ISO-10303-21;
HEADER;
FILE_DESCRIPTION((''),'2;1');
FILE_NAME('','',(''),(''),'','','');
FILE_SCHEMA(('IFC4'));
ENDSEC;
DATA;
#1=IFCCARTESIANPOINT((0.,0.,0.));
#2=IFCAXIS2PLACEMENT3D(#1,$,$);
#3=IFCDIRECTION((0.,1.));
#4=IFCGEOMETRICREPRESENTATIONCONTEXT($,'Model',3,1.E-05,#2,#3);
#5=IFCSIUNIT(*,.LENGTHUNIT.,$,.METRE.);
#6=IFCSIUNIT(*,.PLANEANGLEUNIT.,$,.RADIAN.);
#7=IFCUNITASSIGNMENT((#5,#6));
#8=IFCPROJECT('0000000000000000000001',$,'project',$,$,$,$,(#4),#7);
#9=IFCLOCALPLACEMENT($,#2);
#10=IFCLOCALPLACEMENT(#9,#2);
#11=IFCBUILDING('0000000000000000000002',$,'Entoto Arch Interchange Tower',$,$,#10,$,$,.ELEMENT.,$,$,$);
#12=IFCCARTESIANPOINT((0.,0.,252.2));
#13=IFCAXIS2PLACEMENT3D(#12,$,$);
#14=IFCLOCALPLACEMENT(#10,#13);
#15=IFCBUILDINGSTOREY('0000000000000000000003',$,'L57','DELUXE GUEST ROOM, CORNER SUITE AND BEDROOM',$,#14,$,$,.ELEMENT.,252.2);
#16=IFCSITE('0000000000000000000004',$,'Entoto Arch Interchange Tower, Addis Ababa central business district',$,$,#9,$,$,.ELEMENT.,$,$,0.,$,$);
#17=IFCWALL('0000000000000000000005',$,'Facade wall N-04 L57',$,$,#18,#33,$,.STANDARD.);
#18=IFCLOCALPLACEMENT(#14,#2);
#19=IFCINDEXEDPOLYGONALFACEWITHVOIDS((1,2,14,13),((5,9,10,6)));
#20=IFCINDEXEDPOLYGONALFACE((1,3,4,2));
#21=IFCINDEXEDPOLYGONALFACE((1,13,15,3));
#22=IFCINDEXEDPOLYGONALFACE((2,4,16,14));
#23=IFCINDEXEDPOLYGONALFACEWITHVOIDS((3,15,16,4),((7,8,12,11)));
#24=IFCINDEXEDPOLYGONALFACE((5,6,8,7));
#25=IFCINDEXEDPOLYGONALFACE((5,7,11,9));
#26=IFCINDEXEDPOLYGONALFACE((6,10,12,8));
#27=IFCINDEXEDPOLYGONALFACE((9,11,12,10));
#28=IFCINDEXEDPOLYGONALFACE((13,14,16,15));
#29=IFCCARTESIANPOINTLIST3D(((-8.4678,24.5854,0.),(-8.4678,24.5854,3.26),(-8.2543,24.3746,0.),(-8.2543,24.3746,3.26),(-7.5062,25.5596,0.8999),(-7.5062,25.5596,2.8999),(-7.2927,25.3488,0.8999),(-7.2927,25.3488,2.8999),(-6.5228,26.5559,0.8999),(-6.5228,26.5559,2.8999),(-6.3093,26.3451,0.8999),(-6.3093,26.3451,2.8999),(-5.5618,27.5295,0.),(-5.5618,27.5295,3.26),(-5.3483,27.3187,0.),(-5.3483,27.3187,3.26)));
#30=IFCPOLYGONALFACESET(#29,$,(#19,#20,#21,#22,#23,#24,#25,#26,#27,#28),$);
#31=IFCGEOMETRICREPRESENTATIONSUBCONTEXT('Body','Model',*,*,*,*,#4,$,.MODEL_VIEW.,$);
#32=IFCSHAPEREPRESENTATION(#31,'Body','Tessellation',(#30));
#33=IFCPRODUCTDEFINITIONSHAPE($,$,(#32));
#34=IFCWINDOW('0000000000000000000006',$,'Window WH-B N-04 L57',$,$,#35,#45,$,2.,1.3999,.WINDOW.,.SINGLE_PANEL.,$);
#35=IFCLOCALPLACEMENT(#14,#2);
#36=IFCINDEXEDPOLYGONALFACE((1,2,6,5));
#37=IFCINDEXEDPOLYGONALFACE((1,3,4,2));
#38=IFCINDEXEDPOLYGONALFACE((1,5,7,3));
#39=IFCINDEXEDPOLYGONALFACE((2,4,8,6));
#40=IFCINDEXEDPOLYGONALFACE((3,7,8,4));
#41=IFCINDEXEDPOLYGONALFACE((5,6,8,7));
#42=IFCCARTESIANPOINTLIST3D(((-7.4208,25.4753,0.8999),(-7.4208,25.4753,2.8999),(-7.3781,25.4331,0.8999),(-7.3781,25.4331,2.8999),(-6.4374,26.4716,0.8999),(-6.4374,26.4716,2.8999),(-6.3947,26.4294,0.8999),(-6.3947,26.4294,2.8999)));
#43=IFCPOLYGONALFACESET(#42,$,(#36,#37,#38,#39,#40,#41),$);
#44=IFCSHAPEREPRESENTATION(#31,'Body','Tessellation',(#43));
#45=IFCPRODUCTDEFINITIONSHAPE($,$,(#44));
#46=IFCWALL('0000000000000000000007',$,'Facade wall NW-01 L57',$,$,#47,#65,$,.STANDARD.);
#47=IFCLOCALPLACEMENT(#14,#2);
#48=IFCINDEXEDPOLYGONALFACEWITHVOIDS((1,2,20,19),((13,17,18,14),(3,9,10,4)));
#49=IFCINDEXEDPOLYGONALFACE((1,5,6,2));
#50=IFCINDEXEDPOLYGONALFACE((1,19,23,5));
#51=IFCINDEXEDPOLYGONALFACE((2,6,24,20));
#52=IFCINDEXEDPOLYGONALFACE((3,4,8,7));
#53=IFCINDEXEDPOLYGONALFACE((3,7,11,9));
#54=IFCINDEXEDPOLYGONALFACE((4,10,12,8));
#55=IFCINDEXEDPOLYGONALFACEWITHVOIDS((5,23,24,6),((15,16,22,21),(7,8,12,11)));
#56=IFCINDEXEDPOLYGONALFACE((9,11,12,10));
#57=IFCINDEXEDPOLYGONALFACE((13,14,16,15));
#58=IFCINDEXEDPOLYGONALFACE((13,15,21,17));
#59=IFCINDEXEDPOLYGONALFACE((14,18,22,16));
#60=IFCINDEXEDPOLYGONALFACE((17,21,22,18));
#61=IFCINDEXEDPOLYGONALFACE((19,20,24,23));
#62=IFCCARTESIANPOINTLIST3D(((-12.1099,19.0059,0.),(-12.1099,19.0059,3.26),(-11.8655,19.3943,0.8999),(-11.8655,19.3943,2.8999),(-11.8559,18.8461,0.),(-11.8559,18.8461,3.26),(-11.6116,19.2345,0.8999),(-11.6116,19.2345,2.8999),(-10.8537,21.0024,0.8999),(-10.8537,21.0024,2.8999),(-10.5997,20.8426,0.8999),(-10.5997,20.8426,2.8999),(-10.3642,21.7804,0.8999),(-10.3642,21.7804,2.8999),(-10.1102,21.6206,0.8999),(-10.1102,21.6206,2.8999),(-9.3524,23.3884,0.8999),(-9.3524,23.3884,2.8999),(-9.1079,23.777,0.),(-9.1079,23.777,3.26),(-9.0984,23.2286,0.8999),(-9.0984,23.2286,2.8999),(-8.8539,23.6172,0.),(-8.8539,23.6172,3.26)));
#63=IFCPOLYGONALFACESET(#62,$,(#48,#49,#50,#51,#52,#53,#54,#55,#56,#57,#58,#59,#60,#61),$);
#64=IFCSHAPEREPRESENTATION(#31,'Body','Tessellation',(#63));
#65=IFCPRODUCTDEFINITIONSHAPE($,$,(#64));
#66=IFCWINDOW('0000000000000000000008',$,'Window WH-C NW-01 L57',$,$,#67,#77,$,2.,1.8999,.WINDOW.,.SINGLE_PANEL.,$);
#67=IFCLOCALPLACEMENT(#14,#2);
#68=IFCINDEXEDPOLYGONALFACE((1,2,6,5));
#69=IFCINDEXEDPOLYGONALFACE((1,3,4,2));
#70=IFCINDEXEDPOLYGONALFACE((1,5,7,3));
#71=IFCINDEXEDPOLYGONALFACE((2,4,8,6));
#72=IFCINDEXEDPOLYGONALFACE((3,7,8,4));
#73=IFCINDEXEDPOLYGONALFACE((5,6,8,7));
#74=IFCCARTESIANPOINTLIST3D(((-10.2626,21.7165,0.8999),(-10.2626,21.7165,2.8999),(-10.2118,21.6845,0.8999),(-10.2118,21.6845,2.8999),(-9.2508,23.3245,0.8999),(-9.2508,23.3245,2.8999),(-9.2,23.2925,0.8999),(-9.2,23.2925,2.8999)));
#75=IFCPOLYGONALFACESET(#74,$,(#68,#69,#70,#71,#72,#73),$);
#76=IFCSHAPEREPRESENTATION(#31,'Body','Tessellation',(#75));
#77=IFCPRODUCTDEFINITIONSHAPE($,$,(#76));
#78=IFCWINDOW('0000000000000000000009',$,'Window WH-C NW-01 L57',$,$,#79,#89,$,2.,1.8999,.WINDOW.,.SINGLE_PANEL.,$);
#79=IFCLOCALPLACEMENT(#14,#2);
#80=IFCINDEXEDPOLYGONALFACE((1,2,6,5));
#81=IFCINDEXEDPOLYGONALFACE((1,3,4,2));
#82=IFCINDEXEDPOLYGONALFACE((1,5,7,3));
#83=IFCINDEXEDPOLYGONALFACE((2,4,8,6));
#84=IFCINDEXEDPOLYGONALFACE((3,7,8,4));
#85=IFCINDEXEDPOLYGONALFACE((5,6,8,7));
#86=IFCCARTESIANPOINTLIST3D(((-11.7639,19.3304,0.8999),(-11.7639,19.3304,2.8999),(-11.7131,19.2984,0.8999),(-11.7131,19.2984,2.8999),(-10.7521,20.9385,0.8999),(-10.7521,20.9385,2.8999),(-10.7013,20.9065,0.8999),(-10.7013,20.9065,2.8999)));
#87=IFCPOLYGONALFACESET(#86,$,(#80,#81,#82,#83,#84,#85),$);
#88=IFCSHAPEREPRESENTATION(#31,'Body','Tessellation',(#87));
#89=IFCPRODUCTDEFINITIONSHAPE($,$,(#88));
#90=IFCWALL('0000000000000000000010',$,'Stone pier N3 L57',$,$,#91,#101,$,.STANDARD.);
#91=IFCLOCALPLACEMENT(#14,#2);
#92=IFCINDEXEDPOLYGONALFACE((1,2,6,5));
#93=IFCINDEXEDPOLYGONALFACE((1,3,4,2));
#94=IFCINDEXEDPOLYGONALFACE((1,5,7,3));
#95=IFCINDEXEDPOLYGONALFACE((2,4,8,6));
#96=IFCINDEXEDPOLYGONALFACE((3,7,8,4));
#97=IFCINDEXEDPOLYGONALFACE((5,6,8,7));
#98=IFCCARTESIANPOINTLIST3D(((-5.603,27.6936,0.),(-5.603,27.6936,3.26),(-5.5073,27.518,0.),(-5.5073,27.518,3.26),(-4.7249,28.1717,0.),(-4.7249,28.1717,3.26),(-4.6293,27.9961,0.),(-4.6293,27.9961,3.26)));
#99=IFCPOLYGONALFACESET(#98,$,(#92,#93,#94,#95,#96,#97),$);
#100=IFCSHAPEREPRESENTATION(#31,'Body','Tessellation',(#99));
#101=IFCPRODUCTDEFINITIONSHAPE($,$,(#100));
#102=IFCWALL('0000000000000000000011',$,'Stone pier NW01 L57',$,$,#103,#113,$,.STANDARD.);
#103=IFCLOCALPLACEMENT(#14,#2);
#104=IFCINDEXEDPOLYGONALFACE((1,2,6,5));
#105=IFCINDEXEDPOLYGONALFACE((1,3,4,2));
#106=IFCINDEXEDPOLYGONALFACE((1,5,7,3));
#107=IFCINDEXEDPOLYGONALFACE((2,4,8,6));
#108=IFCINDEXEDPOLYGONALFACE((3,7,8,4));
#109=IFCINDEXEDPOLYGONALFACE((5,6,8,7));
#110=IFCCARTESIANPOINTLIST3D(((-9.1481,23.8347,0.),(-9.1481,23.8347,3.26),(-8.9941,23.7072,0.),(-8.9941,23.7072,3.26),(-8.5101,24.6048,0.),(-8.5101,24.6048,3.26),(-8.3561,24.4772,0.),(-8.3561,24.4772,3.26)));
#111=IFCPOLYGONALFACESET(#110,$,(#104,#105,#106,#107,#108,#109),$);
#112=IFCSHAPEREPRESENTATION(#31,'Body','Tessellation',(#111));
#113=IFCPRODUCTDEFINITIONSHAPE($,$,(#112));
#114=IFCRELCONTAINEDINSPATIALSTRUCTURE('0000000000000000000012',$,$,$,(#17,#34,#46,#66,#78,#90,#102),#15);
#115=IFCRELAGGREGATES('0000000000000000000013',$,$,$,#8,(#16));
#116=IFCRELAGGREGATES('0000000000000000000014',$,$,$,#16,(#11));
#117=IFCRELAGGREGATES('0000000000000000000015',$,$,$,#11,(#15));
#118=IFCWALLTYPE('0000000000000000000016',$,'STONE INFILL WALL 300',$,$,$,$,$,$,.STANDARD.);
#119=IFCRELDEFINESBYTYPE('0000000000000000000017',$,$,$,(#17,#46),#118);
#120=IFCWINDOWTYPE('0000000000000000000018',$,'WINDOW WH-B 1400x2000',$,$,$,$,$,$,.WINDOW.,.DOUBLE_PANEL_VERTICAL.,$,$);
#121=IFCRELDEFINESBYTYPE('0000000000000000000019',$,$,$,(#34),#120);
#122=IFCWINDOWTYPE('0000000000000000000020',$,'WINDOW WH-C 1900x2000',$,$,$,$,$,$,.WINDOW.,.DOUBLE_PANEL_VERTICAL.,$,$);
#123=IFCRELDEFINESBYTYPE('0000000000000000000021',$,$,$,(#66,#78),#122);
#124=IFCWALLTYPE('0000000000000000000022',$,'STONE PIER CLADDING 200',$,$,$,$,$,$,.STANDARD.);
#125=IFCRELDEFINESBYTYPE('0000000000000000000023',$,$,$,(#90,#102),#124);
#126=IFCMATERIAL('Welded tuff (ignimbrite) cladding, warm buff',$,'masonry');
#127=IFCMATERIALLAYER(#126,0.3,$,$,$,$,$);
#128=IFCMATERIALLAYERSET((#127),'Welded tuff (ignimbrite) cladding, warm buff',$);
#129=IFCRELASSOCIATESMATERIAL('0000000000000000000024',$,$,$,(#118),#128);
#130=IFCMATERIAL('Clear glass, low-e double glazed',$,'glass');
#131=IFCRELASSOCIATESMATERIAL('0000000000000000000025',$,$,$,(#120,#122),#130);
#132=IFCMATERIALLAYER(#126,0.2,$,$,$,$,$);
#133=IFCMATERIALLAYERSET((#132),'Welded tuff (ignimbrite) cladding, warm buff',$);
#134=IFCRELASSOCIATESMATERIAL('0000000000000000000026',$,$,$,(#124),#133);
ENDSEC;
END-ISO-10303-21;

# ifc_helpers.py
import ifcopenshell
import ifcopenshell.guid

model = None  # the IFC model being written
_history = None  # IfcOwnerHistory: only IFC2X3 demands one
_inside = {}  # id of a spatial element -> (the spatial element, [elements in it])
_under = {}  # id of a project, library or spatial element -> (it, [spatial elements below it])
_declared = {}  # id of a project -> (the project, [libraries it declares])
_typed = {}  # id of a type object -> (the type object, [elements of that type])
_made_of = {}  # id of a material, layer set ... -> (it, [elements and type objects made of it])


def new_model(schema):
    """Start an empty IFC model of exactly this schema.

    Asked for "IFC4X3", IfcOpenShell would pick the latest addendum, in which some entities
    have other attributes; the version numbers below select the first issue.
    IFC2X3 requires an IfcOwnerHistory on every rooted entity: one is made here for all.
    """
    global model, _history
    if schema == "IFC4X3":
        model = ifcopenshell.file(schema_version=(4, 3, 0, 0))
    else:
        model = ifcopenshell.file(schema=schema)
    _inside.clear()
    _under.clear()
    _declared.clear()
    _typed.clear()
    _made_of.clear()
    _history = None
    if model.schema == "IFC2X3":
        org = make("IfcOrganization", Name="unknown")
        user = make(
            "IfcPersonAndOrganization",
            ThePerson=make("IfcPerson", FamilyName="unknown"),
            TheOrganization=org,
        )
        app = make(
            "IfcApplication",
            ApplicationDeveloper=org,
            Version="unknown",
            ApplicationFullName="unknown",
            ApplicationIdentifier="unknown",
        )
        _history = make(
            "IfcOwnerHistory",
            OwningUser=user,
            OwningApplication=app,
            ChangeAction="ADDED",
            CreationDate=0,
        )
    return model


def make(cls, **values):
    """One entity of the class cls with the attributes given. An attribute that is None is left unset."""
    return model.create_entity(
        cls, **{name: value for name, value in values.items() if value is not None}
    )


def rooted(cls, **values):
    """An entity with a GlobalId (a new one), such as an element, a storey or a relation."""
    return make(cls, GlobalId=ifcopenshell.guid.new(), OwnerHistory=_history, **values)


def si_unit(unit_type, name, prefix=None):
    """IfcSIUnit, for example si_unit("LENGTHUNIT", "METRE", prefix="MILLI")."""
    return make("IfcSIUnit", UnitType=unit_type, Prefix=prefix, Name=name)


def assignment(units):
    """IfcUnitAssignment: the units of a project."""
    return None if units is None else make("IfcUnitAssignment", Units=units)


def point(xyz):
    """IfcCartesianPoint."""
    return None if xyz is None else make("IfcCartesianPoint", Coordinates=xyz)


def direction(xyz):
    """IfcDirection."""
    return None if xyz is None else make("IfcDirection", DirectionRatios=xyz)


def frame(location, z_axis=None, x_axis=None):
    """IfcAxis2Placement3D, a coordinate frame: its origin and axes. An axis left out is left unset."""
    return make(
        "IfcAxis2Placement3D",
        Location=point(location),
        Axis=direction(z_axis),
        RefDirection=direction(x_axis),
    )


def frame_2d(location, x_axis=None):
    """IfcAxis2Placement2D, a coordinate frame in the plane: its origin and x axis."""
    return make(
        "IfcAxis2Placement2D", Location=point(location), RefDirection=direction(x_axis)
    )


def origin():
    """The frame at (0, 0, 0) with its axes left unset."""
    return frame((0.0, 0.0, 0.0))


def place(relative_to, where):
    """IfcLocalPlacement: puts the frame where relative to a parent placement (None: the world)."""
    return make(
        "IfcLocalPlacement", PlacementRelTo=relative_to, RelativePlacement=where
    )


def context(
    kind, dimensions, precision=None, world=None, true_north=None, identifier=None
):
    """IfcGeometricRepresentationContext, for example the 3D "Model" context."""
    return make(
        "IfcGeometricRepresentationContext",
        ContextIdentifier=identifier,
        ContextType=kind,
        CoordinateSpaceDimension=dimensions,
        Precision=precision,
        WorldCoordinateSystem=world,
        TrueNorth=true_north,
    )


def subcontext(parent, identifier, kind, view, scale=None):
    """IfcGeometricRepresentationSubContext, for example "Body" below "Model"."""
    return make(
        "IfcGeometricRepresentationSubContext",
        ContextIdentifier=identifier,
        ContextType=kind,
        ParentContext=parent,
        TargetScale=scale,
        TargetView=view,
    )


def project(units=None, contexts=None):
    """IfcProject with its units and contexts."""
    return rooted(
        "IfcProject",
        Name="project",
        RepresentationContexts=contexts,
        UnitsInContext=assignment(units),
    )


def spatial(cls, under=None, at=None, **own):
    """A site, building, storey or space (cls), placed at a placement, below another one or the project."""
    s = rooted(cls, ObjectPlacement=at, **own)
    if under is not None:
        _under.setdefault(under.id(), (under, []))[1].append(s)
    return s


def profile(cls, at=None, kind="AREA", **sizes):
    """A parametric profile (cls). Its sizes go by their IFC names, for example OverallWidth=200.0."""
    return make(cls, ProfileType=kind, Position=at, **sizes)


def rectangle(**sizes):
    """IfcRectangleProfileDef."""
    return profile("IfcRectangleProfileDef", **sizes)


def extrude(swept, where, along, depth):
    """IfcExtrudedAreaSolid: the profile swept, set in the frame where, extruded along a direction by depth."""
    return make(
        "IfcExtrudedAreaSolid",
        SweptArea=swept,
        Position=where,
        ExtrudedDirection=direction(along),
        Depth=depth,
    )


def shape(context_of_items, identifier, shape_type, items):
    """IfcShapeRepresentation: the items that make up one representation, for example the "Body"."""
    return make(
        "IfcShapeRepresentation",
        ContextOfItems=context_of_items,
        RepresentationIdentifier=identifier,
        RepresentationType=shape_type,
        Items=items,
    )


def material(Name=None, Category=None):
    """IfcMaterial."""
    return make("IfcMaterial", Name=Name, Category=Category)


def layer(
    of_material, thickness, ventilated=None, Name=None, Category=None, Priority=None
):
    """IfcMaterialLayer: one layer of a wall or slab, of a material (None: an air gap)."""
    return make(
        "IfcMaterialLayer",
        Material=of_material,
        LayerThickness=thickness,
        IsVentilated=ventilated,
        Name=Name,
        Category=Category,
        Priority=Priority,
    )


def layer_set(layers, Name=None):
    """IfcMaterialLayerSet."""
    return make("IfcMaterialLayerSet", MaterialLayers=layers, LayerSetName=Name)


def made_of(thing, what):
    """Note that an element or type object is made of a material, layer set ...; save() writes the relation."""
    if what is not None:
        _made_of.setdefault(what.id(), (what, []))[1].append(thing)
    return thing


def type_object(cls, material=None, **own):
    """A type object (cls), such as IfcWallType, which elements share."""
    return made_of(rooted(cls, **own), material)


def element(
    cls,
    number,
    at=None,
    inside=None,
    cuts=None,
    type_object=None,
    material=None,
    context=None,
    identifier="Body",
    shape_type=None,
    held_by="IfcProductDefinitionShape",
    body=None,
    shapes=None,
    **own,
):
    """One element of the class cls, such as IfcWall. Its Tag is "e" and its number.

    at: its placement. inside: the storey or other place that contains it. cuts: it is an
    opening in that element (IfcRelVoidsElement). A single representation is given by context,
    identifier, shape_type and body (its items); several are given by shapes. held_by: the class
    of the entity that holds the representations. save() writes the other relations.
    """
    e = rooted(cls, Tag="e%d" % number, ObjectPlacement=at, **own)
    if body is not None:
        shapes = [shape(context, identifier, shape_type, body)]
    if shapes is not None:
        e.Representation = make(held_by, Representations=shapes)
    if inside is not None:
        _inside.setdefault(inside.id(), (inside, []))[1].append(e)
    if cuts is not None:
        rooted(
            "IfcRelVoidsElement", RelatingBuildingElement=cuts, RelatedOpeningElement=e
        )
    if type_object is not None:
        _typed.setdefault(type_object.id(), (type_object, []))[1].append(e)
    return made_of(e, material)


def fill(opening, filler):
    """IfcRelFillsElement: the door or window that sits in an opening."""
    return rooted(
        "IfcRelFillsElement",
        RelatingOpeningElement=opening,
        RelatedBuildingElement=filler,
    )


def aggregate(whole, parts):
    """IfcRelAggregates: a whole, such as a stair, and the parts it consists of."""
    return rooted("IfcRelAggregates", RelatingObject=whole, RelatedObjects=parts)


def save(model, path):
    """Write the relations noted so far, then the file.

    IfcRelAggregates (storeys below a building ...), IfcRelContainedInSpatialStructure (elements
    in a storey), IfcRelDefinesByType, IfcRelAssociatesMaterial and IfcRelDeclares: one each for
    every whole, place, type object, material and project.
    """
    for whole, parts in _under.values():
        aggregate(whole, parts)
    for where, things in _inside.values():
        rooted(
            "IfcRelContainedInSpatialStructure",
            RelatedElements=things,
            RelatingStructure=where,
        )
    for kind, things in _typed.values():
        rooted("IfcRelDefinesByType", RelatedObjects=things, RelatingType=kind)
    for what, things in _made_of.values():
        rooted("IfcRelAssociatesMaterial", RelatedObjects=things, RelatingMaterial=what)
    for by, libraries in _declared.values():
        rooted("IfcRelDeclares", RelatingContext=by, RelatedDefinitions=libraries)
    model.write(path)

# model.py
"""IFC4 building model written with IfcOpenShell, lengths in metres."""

from ifc_helpers import new_model, si_unit, direction, frame, frame_2d, origin, place, context, subcontext, project, spatial, rectangle, extrude, material, layer, layer_set, type_object, element, fill, save


model = new_model("IFC4")

# Units and contexts
model_context = context("Model", 3, precision=1e-05, world=origin(), true_north=direction((0.0, 1.0)))
body_context = subcontext(model_context, "Body", "Model", "MODEL_VIEW")
ifc_project = project(units=[si_unit("LENGTHUNIT", "METRE"), si_unit("PLANEANGLEUNIT", "RADIAN")], contexts=[model_context])

# Site, building, storey
site_placement = place(None, origin())
site = spatial("IfcSite", under=ifc_project, at=site_placement, Name="Entoto Arch Interchange Tower, Addis Ababa central business district", CompositionType="ELEMENT", RefElevation=0.0)
building_placement = place(site_placement, origin())
building = spatial("IfcBuilding", under=site, at=building_placement, Name="Entoto Arch Interchange Tower", CompositionType="ELEMENT")
storey_placement = place(building_placement, frame((0.0, 0.0, 252.2)))
storey = spatial("IfcBuildingStorey", under=building, at=storey_placement, Name="L57", Description="DELUXE GUEST ROOM, CORNER SUITE AND BEDROOM", CompositionType="ELEMENT", Elevation=252.2)

# Wall, opening, window
ifc_material_1 = material(Name="Welded tuff (ignimbrite) cladding, warm buff", Category="masonry")
ifc_layer_1 = layer(ifc_material_1, 0.3)
ifc_layer_set_1 = layer_set([ifc_layer_1], Name="Welded tuff (ignimbrite) cladding, warm buff")
wall_type_1 = type_object("IfcWallType", Name="STONE INFILL WALL 300", PredefinedType="STANDARD", material=ifc_layer_set_1)
ifc_material_2 = material(Name="Clear glass, low-e double glazed", Category="glass")
window_type_1 = type_object("IfcWindowType", Name="WINDOW WH-B 1400x2000", PartitioningType="DOUBLE_PANEL_VERTICAL", PredefinedType="WINDOW", material=ifc_material_2)
wall_1_placement = place(storey_placement, frame((-5.4551, 27.4241, 0.0), z_axis=(0.0, 0.0, 1.0), x_axis=(-0.702488, -0.711695, 0.0)))
wall_1 = element("IfcWall", 1, at=wall_1_placement, inside=storey, type_object=wall_type_1, Name="Facade wall N-04 L57", PredefinedType="STANDARD", context=body_context, shape_type="SweptSolid", body=[
    extrude(rectangle(XDim=4.1367, YDim=0.3, at=frame_2d((2.0684, 0.0))), origin(), (0.0, 0.0, 1.0), 3.26),
])
opening_1_placement = place(wall_1_placement, frame((1.3679, 0.0, 0.8999)))
opening_1 = element("IfcOpeningElement", 2, at=opening_1_placement, cuts=wall_1, PredefinedType="OPENING", context=body_context, shape_type="SweptSolid", body=[
    extrude(rectangle(XDim=1.3999, YDim=2.0, at=frame_2d((0.7, 1.0))), frame((0.0, 0.1602, 0.0), z_axis=(0.0, -1.0, 0.0), x_axis=(1.0, 0.0, 0.0)), (0.0, 0.0, 1.0), 0.3201),
])
window_1_placement = place(opening_1_placement, origin())
window_1 = element("IfcWindow", 3, at=window_1_placement, inside=storey, type_object=window_type_1, Name="Window WH-B N-04 L57", OverallHeight=2.0, OverallWidth=1.3999, PartitioningType="SINGLE_PANEL", PredefinedType="WINDOW", context=body_context, shape_type="SweptSolid", body=[
    extrude(rectangle(XDim=1.3999, YDim=2.0, at=frame_2d((0.7, 1.0))), frame((0.0, 0.03, 0.0), z_axis=(0.0, -1.0, 0.0), x_axis=(1.0, 0.0, 0.0)), (0.0, 0.0, 1.0), 0.0601),
])
fill(opening_1, window_1)

# Wall, openings, windows
wall_2_placement = place(storey_placement, frame((-8.981, 23.697, 0.0), z_axis=(0.0, 0.0, 1.0), x_axis=(-0.532558, -0.846393, 0.0)))
wall_2 = element("IfcWall", 4, at=wall_2_placement, inside=storey, type_object=wall_type_1, Name="Facade wall NW-01 L57", PredefinedType="STANDARD", context=body_context, shape_type="SweptSolid", body=[
    extrude(rectangle(XDim=5.637, YDim=0.3, at=frame_2d((2.8184, 0.0))), origin(), (0.0, 0.0, 1.0), 3.26),
])
opening_2_placement = place(wall_2_placement, frame((0.459, 0.0, 0.8999)))
opening_2 = element("IfcOpeningElement", 5, at=opening_2_placement, cuts=wall_2, PredefinedType="OPENING", context=body_context, shape_type="SweptSolid", body=[
    extrude(rectangle(XDim=1.8999, YDim=2.0, at=frame_2d((0.95, 1.0))), frame((0.0, 0.1602, 0.0), z_axis=(0.0, -1.0, 0.0), x_axis=(1.0, 0.0, 0.0)), (0.0, 0.0, 1.0), 0.3201),
])
opening_3_placement = place(wall_2_placement, frame((3.2781, 0.0, 0.8999)))
opening_3 = element("IfcOpeningElement", 6, at=opening_3_placement, cuts=wall_2, PredefinedType="OPENING", context=body_context, shape_type="SweptSolid", body=[
    extrude(rectangle(XDim=1.8999, YDim=2.0, at=frame_2d((0.95, 1.0))), frame((0.0, 0.1602, 0.0), z_axis=(0.0, -1.0, 0.0), x_axis=(1.0, 0.0, 0.0)), (0.0, 0.0, 1.0), 0.3201),
])
window_type_2 = type_object("IfcWindowType", Name="WINDOW WH-C 1900x2000", PartitioningType="DOUBLE_PANEL_VERTICAL", PredefinedType="WINDOW", material=ifc_material_2)
window_2_placement = place(opening_2_placement, origin())
window_2 = element("IfcWindow", 7, at=window_2_placement, inside=storey, type_object=window_type_2, Name="Window WH-C NW-01 L57", OverallHeight=2.0, OverallWidth=1.8999, PartitioningType="SINGLE_PANEL", PredefinedType="WINDOW", context=body_context, shape_type="SweptSolid", body=[
    extrude(rectangle(XDim=1.8999, YDim=2.0, at=frame_2d((0.95, 1.0))), frame((0.0, 0.03, 0.0), z_axis=(0.0, -1.0, 0.0), x_axis=(1.0, 0.0, 0.0)), (0.0, 0.0, 1.0), 0.0601),
])
fill(opening_2, window_2)
window_3_placement = place(opening_3_placement, origin())
window_3 = element("IfcWindow", 8, at=window_3_placement, inside=storey, type_object=window_type_2, Name="Window WH-C NW-01 L57", OverallHeight=2.0, OverallWidth=1.8999, PartitioningType="SINGLE_PANEL", PredefinedType="WINDOW", context=body_context, shape_type="SweptSolid", body=[
    extrude(rectangle(XDim=1.8999, YDim=2.0, at=frame_2d((0.95, 1.0))), frame((0.0, 0.03, 0.0), z_axis=(0.0, -1.0, 0.0), x_axis=(1.0, 0.0, 0.0)), (0.0, 0.0, 1.0), 0.0601),
])
fill(opening_3, window_3)

# Walls
ifc_layer_2 = layer(ifc_material_1, 0.2)
ifc_layer_set_2 = layer_set([ifc_layer_2], Name="Welded tuff (ignimbrite) cladding, warm buff")
wall_type_2 = type_object("IfcWallType", Name="STONE PIER CLADDING 200", PredefinedType="STANDARD", material=ifc_layer_set_2)
wall_3_placement = place(storey_placement, frame((-4.677, 28.084, 0.0), z_axis=(0.0, 0.0, 1.0), x_axis=(-0.87825, -0.478202, 0.0)))
element("IfcWall", 9, at=wall_3_placement, inside=storey, type_object=wall_type_2, Name="Stone pier N3 L57", PredefinedType="STANDARD", context=body_context, shape_type="SweptSolid", body=[
    extrude(rectangle(XDim=0.9998, YDim=0.2, at=frame_2d((0.5, 0.0))), origin(), (0.0, 0.0, 1.0), 3.26),
])
wall_4_placement = place(storey_placement, frame((-8.4331, 24.541, 0.0), z_axis=(0.0, 0.0, 1.0), x_axis=(-0.637972, -0.770059, 0.0)))
element("IfcWall", 10, at=wall_4_placement, inside=storey, type_object=wall_type_2, Name="Stone pier NW01 L57", PredefinedType="STANDARD", context=body_context, shape_type="SweptSolid", body=[
    extrude(rectangle(XDim=1.0, YDim=0.2, at=frame_2d((0.5, 0.0))), origin(), (0.0, 0.0, 1.0), 3.26),
])

save(model, "model.ifc")
